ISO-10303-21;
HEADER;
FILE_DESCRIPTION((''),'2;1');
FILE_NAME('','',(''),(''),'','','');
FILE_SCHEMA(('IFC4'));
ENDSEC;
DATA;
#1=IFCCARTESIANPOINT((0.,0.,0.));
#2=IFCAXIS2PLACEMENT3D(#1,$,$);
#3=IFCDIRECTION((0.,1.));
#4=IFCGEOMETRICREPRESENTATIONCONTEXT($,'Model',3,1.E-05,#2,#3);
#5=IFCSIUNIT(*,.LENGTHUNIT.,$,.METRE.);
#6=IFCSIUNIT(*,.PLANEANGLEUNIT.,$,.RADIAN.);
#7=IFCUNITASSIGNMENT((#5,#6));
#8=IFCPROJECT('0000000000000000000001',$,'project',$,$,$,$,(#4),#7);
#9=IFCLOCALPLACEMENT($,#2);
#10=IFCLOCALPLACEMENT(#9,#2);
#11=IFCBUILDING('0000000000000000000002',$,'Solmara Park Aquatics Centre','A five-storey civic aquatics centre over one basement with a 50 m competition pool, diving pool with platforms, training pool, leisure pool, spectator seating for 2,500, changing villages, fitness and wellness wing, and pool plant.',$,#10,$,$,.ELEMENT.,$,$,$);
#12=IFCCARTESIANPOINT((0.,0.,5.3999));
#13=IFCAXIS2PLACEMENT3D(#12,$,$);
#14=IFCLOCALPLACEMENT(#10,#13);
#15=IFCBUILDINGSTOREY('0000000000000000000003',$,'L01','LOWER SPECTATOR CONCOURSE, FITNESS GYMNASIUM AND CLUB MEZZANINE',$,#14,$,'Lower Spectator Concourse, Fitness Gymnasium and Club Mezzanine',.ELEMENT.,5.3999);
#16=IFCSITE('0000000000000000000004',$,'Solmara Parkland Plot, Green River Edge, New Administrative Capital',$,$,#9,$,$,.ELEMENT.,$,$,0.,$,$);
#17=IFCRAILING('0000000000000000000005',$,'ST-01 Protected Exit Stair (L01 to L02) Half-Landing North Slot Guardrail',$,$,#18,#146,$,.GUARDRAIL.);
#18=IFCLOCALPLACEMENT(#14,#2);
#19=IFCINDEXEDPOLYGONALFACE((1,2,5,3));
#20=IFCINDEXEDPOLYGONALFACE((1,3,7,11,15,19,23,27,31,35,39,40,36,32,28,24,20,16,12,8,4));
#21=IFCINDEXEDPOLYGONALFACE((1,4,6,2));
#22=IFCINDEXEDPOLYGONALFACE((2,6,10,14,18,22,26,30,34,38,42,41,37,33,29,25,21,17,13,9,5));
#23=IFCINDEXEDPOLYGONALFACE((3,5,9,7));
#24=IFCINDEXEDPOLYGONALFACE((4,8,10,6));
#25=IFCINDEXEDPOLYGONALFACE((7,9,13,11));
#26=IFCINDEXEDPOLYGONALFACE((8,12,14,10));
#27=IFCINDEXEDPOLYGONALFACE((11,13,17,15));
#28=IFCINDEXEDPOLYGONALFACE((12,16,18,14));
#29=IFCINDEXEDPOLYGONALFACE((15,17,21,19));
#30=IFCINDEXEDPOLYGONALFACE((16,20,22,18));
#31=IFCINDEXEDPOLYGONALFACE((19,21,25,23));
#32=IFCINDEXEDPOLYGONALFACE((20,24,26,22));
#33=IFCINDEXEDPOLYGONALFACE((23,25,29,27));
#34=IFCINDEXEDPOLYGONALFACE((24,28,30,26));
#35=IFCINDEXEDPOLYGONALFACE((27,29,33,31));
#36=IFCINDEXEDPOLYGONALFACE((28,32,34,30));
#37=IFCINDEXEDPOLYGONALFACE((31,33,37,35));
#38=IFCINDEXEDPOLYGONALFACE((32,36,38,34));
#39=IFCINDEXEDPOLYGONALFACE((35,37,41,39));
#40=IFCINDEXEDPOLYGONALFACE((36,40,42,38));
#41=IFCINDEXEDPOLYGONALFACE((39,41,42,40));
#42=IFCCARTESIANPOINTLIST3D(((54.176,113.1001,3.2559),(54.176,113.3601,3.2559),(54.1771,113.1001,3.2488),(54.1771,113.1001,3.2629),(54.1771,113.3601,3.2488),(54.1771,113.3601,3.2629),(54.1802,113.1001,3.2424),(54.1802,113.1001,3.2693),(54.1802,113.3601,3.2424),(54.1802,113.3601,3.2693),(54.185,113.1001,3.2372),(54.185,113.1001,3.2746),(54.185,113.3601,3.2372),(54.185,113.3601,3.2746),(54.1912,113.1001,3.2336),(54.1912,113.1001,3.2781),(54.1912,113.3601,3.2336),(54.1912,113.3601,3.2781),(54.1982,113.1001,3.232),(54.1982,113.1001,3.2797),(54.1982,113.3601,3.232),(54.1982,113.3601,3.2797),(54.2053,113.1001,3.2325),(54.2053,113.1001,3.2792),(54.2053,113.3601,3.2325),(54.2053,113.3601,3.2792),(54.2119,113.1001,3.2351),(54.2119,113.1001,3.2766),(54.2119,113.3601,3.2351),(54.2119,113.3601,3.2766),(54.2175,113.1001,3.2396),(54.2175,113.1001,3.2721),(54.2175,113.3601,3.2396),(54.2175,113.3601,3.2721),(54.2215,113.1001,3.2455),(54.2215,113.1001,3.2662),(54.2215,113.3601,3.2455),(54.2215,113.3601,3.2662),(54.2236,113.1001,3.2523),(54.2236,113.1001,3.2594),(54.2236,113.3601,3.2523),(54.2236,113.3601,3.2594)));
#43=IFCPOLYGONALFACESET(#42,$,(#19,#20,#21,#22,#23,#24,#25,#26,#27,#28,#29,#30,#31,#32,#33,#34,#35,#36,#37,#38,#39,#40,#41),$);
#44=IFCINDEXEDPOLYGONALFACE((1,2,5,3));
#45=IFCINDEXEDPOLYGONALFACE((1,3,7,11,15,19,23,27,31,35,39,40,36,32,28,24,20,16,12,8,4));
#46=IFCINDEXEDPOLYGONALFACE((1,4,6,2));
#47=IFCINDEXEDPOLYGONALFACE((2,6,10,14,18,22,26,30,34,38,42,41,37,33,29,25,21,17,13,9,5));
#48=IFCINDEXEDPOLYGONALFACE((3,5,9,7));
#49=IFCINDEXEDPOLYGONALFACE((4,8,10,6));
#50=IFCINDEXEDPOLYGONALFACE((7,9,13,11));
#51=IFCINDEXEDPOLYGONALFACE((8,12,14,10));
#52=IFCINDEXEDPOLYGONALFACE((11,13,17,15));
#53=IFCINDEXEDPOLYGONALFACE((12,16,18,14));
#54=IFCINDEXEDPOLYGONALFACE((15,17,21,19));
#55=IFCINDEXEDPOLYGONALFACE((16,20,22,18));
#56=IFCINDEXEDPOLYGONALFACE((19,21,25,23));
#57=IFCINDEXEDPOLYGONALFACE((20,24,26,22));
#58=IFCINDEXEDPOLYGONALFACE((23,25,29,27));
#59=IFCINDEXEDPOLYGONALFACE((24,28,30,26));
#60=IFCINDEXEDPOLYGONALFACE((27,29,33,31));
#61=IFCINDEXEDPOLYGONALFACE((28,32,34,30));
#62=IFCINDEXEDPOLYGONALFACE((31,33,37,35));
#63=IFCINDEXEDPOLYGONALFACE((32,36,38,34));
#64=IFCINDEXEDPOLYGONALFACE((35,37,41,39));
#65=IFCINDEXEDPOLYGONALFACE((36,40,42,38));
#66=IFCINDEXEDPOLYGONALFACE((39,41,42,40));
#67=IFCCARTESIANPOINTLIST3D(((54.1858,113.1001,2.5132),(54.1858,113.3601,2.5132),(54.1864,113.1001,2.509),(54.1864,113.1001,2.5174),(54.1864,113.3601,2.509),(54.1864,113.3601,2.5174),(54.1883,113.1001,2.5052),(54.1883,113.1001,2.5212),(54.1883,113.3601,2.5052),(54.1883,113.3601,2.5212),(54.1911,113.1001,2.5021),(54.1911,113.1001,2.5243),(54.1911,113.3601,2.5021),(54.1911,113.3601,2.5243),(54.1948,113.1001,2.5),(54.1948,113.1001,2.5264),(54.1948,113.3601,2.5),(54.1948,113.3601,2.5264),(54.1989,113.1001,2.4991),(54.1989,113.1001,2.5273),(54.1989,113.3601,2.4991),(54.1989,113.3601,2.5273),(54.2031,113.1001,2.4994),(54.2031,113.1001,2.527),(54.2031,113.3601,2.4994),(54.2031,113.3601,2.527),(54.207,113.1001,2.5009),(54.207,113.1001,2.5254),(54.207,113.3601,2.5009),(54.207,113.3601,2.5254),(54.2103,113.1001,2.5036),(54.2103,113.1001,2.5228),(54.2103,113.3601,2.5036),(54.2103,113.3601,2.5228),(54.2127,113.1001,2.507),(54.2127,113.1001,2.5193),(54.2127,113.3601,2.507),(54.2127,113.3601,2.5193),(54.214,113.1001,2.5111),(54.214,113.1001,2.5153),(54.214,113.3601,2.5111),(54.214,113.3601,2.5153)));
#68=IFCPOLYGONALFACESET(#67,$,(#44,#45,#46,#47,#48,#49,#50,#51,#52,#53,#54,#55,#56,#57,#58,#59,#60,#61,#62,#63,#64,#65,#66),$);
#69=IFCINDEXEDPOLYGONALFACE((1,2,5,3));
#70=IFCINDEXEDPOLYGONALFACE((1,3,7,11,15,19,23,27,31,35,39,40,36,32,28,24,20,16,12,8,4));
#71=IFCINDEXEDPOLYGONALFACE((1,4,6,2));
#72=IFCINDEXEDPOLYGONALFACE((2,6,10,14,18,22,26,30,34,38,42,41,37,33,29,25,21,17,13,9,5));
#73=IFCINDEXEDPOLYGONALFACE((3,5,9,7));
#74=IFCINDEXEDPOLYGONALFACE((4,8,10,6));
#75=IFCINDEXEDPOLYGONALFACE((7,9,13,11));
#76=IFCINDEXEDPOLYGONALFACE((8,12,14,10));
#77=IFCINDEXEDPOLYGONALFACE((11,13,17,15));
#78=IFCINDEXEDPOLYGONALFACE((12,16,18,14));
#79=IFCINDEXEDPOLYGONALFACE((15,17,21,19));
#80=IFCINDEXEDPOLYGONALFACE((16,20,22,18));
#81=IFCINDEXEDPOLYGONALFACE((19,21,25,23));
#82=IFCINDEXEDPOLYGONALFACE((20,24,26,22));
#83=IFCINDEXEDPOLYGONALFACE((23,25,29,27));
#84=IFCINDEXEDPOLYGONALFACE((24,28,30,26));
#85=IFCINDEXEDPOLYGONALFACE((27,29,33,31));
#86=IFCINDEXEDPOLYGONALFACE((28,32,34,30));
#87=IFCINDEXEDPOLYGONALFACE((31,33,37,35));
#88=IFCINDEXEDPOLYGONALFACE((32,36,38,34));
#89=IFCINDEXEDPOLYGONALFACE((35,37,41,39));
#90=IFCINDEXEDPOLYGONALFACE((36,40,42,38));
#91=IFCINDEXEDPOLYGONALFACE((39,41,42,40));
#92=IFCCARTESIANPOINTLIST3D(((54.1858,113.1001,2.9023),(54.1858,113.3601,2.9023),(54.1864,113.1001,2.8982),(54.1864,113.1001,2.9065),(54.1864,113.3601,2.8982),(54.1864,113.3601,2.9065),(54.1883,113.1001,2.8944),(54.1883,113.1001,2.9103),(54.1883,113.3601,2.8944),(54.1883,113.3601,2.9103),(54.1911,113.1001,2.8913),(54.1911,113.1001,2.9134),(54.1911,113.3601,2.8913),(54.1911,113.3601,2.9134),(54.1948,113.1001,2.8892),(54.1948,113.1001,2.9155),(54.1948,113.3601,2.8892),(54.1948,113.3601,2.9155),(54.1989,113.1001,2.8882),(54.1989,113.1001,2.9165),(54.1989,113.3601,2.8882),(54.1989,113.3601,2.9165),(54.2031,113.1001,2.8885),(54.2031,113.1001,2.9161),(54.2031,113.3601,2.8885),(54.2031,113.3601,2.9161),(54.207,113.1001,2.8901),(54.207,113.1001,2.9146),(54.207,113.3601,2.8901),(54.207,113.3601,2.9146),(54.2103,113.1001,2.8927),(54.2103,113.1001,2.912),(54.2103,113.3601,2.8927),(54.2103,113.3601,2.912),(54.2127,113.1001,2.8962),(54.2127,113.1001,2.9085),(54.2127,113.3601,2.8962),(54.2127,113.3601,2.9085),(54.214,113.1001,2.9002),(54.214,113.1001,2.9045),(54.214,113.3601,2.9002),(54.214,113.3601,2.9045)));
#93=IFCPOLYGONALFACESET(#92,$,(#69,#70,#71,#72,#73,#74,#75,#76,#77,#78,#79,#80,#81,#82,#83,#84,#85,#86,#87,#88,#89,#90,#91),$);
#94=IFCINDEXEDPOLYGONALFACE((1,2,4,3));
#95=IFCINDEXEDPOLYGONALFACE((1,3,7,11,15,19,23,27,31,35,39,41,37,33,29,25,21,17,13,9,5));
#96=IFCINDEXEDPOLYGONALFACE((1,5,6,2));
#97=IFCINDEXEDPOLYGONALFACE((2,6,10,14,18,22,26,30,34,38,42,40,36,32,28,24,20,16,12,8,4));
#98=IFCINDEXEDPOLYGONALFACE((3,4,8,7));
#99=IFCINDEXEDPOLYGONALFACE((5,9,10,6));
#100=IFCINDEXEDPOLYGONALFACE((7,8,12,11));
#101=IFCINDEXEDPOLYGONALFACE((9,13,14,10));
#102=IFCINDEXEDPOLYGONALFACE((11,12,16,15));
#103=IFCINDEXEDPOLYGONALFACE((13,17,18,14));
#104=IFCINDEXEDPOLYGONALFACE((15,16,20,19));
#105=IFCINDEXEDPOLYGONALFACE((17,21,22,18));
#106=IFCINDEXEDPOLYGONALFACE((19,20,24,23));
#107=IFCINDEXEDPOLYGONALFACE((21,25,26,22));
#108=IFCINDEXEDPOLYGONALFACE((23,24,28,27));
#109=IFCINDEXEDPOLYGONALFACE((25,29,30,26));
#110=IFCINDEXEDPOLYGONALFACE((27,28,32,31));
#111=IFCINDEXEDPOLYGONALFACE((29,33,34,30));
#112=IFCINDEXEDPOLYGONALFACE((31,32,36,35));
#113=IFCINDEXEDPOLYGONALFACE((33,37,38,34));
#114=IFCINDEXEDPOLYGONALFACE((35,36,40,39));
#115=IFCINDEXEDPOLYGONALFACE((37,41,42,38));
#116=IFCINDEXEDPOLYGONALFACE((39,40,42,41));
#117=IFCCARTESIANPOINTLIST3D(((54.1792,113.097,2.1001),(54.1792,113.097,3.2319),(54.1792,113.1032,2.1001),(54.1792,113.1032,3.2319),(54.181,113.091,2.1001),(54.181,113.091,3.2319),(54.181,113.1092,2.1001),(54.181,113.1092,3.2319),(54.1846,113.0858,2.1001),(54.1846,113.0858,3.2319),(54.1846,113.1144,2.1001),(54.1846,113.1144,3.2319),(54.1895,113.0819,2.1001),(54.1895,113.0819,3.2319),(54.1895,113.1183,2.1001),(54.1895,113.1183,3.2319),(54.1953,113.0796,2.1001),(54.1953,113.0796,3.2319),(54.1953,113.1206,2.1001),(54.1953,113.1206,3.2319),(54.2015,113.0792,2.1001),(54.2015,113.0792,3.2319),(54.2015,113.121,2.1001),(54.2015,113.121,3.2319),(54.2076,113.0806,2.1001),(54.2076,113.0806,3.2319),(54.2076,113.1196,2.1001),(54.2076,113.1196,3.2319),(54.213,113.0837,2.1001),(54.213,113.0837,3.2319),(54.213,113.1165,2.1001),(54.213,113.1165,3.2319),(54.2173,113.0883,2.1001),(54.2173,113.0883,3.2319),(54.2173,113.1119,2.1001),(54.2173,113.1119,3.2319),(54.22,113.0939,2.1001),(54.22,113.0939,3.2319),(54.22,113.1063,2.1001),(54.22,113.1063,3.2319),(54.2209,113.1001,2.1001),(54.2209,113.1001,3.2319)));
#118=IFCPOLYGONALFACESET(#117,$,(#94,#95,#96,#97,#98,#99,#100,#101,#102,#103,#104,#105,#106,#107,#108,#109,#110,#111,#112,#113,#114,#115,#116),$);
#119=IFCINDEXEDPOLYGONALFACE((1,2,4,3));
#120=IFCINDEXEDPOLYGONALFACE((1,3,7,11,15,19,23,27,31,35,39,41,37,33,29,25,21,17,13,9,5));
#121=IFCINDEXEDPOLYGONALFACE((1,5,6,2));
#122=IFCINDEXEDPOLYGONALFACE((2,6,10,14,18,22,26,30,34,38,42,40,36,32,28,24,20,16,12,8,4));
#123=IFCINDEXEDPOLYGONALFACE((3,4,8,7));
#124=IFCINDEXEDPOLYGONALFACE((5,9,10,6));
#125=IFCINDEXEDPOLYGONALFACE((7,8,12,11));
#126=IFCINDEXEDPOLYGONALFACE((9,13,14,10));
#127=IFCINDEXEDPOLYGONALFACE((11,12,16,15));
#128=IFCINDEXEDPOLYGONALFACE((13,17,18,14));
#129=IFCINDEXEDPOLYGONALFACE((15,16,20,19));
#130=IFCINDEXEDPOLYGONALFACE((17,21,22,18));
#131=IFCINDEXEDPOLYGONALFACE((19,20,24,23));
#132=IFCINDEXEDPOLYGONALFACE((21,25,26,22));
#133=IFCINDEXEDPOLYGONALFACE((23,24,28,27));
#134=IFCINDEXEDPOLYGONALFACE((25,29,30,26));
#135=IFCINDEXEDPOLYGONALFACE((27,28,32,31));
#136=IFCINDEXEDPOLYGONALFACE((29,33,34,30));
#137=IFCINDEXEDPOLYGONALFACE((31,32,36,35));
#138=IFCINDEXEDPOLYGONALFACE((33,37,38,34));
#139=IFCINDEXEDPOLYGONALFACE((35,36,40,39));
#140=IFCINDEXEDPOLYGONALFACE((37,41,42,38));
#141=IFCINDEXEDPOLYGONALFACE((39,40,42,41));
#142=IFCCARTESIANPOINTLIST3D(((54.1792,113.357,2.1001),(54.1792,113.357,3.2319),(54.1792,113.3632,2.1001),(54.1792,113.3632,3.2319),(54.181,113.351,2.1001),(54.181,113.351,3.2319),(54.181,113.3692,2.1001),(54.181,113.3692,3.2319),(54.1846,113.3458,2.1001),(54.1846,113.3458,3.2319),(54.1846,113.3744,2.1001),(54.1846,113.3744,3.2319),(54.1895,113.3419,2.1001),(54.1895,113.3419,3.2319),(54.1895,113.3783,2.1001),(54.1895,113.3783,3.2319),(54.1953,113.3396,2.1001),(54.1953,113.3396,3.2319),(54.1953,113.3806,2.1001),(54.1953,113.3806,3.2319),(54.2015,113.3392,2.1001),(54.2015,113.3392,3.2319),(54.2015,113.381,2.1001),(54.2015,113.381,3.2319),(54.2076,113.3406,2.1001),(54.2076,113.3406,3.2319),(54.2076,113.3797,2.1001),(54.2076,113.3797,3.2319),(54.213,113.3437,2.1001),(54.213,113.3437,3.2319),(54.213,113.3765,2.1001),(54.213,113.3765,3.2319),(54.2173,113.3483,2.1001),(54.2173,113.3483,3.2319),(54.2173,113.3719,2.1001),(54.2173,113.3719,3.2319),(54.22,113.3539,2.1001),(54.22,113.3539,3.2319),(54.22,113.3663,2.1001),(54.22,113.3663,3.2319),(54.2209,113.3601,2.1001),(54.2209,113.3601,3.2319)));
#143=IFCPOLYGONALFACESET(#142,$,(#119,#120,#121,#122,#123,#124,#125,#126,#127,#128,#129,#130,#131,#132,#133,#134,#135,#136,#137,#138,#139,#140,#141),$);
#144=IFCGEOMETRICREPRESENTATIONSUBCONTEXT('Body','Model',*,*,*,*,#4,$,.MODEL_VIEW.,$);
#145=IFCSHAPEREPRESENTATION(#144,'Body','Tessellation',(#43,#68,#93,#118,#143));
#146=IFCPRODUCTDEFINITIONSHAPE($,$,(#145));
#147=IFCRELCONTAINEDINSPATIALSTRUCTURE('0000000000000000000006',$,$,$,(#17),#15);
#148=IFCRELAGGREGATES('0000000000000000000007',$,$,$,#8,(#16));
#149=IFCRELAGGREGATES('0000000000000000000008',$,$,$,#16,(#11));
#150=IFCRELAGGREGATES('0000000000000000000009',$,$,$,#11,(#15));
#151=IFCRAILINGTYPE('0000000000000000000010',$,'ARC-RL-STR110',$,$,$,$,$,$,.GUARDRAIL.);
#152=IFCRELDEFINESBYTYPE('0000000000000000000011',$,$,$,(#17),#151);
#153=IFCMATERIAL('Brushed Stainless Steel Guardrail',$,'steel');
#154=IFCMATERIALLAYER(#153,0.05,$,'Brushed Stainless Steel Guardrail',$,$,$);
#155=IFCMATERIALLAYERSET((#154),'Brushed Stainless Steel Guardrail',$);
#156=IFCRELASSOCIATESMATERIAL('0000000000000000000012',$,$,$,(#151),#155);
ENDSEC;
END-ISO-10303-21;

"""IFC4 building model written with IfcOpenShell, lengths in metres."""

from ifc_helpers import new_model, si_unit, direction, frame, origin, origin_2d, place, context, subcontext, project, spatial, circle, extrude, material, layer, layer_set, type_object, element, save


model = new_model("IFC4")

# Units and contexts
model_context = context("Model", 3, precision=1e-05, world=origin(), true_north=direction((0.0, 1.0)))
body_context = subcontext(model_context, "Body", "Model", "MODEL_VIEW")
ifc_project = project(units=[si_unit("LENGTHUNIT", "METRE"), si_unit("PLANEANGLEUNIT", "RADIAN")], contexts=[model_context])

# Site, building, storey
site_placement = place(None, origin())
site = spatial("IfcSite", under=ifc_project, at=site_placement, Name="Solmara Parkland Plot, Green River Edge, New Administrative Capital", CompositionType="ELEMENT", RefElevation=0.0)
building_placement = place(site_placement, origin())
building = spatial("IfcBuilding", under=site, at=building_placement, Name="Solmara Park Aquatics Centre", Description="A five-storey civic aquatics centre over one basement with a 50 m competition pool, diving pool with platforms, training pool, leisure pool, spectator seating for 2,500, changing villages, fitness and wellness wing, and pool plant.", CompositionType="ELEMENT")
storey_placement = place(building_placement, frame((0.0, 0.0, 5.3999)))
storey = spatial("IfcBuildingStorey", under=building, at=storey_placement, Name="L01", Description="LOWER SPECTATOR CONCOURSE, FITNESS GYMNASIUM AND CLUB MEZZANINE", LongName="Lower Spectator Concourse, Fitness Gymnasium and Club Mezzanine", CompositionType="ELEMENT", Elevation=5.3999)

# Railing
ifc_material_1 = material(Name="Brushed Stainless Steel Guardrail", Category="steel")
ifc_layer_1 = layer(ifc_material_1, 0.05, Name="Brushed Stainless Steel Guardrail")
ifc_layer_set_1 = layer_set([ifc_layer_1], Name="Brushed Stainless Steel Guardrail")
railing_type_1 = type_object("IfcRailingType", Name="ARC-RL-STR110", PredefinedType="GUARDRAIL", material=ifc_layer_set_1)
railing_1_placement = place(storey_placement, frame((54.2, 113.1001, 2.1001)))
element("IfcRailing", 1, at=railing_1_placement, inside=storey, type_object=railing_type_1, Name="ST-01 Protected Exit Stair (L01 to L02) Half-Landing North Slot Guardrail", PredefinedType="GUARDRAIL", context=body_context, shape_type="SweptSolid", body=[
    extrude(circle(Radius=0.0239, at=origin_2d()), frame((0.0, 0.0, 1.1558), z_axis=(0.0, 1.0, 0.0), x_axis=(-1.0, 0.0, 0.0)), (0.0, 0.0, 1.0), 0.26),
    extrude(circle(Radius=0.0142, at=origin_2d()), frame((0.0, 0.0, 0.4131), z_axis=(0.0, 1.0, 0.0), x_axis=(-1.0, 0.0, 0.0)), (0.0, 0.0, 1.0), 0.26),
    extrude(circle(Radius=0.0142, at=origin_2d()), frame((0.0, 0.0, 0.8022), z_axis=(0.0, 1.0, 0.0), x_axis=(-1.0, 0.0, 0.0)), (0.0, 0.0, 1.0), 0.26),
    extrude(circle(Radius=0.021, at=origin_2d()), origin(), (0.0, 0.0, 1.0), 1.1318),
    extrude(circle(Radius=0.021, at=origin_2d()), frame((0.0, 0.26, 0.0)), (0.0, 0.0, 1.0), 1.1318),
])

save(model, "model.ifc")
